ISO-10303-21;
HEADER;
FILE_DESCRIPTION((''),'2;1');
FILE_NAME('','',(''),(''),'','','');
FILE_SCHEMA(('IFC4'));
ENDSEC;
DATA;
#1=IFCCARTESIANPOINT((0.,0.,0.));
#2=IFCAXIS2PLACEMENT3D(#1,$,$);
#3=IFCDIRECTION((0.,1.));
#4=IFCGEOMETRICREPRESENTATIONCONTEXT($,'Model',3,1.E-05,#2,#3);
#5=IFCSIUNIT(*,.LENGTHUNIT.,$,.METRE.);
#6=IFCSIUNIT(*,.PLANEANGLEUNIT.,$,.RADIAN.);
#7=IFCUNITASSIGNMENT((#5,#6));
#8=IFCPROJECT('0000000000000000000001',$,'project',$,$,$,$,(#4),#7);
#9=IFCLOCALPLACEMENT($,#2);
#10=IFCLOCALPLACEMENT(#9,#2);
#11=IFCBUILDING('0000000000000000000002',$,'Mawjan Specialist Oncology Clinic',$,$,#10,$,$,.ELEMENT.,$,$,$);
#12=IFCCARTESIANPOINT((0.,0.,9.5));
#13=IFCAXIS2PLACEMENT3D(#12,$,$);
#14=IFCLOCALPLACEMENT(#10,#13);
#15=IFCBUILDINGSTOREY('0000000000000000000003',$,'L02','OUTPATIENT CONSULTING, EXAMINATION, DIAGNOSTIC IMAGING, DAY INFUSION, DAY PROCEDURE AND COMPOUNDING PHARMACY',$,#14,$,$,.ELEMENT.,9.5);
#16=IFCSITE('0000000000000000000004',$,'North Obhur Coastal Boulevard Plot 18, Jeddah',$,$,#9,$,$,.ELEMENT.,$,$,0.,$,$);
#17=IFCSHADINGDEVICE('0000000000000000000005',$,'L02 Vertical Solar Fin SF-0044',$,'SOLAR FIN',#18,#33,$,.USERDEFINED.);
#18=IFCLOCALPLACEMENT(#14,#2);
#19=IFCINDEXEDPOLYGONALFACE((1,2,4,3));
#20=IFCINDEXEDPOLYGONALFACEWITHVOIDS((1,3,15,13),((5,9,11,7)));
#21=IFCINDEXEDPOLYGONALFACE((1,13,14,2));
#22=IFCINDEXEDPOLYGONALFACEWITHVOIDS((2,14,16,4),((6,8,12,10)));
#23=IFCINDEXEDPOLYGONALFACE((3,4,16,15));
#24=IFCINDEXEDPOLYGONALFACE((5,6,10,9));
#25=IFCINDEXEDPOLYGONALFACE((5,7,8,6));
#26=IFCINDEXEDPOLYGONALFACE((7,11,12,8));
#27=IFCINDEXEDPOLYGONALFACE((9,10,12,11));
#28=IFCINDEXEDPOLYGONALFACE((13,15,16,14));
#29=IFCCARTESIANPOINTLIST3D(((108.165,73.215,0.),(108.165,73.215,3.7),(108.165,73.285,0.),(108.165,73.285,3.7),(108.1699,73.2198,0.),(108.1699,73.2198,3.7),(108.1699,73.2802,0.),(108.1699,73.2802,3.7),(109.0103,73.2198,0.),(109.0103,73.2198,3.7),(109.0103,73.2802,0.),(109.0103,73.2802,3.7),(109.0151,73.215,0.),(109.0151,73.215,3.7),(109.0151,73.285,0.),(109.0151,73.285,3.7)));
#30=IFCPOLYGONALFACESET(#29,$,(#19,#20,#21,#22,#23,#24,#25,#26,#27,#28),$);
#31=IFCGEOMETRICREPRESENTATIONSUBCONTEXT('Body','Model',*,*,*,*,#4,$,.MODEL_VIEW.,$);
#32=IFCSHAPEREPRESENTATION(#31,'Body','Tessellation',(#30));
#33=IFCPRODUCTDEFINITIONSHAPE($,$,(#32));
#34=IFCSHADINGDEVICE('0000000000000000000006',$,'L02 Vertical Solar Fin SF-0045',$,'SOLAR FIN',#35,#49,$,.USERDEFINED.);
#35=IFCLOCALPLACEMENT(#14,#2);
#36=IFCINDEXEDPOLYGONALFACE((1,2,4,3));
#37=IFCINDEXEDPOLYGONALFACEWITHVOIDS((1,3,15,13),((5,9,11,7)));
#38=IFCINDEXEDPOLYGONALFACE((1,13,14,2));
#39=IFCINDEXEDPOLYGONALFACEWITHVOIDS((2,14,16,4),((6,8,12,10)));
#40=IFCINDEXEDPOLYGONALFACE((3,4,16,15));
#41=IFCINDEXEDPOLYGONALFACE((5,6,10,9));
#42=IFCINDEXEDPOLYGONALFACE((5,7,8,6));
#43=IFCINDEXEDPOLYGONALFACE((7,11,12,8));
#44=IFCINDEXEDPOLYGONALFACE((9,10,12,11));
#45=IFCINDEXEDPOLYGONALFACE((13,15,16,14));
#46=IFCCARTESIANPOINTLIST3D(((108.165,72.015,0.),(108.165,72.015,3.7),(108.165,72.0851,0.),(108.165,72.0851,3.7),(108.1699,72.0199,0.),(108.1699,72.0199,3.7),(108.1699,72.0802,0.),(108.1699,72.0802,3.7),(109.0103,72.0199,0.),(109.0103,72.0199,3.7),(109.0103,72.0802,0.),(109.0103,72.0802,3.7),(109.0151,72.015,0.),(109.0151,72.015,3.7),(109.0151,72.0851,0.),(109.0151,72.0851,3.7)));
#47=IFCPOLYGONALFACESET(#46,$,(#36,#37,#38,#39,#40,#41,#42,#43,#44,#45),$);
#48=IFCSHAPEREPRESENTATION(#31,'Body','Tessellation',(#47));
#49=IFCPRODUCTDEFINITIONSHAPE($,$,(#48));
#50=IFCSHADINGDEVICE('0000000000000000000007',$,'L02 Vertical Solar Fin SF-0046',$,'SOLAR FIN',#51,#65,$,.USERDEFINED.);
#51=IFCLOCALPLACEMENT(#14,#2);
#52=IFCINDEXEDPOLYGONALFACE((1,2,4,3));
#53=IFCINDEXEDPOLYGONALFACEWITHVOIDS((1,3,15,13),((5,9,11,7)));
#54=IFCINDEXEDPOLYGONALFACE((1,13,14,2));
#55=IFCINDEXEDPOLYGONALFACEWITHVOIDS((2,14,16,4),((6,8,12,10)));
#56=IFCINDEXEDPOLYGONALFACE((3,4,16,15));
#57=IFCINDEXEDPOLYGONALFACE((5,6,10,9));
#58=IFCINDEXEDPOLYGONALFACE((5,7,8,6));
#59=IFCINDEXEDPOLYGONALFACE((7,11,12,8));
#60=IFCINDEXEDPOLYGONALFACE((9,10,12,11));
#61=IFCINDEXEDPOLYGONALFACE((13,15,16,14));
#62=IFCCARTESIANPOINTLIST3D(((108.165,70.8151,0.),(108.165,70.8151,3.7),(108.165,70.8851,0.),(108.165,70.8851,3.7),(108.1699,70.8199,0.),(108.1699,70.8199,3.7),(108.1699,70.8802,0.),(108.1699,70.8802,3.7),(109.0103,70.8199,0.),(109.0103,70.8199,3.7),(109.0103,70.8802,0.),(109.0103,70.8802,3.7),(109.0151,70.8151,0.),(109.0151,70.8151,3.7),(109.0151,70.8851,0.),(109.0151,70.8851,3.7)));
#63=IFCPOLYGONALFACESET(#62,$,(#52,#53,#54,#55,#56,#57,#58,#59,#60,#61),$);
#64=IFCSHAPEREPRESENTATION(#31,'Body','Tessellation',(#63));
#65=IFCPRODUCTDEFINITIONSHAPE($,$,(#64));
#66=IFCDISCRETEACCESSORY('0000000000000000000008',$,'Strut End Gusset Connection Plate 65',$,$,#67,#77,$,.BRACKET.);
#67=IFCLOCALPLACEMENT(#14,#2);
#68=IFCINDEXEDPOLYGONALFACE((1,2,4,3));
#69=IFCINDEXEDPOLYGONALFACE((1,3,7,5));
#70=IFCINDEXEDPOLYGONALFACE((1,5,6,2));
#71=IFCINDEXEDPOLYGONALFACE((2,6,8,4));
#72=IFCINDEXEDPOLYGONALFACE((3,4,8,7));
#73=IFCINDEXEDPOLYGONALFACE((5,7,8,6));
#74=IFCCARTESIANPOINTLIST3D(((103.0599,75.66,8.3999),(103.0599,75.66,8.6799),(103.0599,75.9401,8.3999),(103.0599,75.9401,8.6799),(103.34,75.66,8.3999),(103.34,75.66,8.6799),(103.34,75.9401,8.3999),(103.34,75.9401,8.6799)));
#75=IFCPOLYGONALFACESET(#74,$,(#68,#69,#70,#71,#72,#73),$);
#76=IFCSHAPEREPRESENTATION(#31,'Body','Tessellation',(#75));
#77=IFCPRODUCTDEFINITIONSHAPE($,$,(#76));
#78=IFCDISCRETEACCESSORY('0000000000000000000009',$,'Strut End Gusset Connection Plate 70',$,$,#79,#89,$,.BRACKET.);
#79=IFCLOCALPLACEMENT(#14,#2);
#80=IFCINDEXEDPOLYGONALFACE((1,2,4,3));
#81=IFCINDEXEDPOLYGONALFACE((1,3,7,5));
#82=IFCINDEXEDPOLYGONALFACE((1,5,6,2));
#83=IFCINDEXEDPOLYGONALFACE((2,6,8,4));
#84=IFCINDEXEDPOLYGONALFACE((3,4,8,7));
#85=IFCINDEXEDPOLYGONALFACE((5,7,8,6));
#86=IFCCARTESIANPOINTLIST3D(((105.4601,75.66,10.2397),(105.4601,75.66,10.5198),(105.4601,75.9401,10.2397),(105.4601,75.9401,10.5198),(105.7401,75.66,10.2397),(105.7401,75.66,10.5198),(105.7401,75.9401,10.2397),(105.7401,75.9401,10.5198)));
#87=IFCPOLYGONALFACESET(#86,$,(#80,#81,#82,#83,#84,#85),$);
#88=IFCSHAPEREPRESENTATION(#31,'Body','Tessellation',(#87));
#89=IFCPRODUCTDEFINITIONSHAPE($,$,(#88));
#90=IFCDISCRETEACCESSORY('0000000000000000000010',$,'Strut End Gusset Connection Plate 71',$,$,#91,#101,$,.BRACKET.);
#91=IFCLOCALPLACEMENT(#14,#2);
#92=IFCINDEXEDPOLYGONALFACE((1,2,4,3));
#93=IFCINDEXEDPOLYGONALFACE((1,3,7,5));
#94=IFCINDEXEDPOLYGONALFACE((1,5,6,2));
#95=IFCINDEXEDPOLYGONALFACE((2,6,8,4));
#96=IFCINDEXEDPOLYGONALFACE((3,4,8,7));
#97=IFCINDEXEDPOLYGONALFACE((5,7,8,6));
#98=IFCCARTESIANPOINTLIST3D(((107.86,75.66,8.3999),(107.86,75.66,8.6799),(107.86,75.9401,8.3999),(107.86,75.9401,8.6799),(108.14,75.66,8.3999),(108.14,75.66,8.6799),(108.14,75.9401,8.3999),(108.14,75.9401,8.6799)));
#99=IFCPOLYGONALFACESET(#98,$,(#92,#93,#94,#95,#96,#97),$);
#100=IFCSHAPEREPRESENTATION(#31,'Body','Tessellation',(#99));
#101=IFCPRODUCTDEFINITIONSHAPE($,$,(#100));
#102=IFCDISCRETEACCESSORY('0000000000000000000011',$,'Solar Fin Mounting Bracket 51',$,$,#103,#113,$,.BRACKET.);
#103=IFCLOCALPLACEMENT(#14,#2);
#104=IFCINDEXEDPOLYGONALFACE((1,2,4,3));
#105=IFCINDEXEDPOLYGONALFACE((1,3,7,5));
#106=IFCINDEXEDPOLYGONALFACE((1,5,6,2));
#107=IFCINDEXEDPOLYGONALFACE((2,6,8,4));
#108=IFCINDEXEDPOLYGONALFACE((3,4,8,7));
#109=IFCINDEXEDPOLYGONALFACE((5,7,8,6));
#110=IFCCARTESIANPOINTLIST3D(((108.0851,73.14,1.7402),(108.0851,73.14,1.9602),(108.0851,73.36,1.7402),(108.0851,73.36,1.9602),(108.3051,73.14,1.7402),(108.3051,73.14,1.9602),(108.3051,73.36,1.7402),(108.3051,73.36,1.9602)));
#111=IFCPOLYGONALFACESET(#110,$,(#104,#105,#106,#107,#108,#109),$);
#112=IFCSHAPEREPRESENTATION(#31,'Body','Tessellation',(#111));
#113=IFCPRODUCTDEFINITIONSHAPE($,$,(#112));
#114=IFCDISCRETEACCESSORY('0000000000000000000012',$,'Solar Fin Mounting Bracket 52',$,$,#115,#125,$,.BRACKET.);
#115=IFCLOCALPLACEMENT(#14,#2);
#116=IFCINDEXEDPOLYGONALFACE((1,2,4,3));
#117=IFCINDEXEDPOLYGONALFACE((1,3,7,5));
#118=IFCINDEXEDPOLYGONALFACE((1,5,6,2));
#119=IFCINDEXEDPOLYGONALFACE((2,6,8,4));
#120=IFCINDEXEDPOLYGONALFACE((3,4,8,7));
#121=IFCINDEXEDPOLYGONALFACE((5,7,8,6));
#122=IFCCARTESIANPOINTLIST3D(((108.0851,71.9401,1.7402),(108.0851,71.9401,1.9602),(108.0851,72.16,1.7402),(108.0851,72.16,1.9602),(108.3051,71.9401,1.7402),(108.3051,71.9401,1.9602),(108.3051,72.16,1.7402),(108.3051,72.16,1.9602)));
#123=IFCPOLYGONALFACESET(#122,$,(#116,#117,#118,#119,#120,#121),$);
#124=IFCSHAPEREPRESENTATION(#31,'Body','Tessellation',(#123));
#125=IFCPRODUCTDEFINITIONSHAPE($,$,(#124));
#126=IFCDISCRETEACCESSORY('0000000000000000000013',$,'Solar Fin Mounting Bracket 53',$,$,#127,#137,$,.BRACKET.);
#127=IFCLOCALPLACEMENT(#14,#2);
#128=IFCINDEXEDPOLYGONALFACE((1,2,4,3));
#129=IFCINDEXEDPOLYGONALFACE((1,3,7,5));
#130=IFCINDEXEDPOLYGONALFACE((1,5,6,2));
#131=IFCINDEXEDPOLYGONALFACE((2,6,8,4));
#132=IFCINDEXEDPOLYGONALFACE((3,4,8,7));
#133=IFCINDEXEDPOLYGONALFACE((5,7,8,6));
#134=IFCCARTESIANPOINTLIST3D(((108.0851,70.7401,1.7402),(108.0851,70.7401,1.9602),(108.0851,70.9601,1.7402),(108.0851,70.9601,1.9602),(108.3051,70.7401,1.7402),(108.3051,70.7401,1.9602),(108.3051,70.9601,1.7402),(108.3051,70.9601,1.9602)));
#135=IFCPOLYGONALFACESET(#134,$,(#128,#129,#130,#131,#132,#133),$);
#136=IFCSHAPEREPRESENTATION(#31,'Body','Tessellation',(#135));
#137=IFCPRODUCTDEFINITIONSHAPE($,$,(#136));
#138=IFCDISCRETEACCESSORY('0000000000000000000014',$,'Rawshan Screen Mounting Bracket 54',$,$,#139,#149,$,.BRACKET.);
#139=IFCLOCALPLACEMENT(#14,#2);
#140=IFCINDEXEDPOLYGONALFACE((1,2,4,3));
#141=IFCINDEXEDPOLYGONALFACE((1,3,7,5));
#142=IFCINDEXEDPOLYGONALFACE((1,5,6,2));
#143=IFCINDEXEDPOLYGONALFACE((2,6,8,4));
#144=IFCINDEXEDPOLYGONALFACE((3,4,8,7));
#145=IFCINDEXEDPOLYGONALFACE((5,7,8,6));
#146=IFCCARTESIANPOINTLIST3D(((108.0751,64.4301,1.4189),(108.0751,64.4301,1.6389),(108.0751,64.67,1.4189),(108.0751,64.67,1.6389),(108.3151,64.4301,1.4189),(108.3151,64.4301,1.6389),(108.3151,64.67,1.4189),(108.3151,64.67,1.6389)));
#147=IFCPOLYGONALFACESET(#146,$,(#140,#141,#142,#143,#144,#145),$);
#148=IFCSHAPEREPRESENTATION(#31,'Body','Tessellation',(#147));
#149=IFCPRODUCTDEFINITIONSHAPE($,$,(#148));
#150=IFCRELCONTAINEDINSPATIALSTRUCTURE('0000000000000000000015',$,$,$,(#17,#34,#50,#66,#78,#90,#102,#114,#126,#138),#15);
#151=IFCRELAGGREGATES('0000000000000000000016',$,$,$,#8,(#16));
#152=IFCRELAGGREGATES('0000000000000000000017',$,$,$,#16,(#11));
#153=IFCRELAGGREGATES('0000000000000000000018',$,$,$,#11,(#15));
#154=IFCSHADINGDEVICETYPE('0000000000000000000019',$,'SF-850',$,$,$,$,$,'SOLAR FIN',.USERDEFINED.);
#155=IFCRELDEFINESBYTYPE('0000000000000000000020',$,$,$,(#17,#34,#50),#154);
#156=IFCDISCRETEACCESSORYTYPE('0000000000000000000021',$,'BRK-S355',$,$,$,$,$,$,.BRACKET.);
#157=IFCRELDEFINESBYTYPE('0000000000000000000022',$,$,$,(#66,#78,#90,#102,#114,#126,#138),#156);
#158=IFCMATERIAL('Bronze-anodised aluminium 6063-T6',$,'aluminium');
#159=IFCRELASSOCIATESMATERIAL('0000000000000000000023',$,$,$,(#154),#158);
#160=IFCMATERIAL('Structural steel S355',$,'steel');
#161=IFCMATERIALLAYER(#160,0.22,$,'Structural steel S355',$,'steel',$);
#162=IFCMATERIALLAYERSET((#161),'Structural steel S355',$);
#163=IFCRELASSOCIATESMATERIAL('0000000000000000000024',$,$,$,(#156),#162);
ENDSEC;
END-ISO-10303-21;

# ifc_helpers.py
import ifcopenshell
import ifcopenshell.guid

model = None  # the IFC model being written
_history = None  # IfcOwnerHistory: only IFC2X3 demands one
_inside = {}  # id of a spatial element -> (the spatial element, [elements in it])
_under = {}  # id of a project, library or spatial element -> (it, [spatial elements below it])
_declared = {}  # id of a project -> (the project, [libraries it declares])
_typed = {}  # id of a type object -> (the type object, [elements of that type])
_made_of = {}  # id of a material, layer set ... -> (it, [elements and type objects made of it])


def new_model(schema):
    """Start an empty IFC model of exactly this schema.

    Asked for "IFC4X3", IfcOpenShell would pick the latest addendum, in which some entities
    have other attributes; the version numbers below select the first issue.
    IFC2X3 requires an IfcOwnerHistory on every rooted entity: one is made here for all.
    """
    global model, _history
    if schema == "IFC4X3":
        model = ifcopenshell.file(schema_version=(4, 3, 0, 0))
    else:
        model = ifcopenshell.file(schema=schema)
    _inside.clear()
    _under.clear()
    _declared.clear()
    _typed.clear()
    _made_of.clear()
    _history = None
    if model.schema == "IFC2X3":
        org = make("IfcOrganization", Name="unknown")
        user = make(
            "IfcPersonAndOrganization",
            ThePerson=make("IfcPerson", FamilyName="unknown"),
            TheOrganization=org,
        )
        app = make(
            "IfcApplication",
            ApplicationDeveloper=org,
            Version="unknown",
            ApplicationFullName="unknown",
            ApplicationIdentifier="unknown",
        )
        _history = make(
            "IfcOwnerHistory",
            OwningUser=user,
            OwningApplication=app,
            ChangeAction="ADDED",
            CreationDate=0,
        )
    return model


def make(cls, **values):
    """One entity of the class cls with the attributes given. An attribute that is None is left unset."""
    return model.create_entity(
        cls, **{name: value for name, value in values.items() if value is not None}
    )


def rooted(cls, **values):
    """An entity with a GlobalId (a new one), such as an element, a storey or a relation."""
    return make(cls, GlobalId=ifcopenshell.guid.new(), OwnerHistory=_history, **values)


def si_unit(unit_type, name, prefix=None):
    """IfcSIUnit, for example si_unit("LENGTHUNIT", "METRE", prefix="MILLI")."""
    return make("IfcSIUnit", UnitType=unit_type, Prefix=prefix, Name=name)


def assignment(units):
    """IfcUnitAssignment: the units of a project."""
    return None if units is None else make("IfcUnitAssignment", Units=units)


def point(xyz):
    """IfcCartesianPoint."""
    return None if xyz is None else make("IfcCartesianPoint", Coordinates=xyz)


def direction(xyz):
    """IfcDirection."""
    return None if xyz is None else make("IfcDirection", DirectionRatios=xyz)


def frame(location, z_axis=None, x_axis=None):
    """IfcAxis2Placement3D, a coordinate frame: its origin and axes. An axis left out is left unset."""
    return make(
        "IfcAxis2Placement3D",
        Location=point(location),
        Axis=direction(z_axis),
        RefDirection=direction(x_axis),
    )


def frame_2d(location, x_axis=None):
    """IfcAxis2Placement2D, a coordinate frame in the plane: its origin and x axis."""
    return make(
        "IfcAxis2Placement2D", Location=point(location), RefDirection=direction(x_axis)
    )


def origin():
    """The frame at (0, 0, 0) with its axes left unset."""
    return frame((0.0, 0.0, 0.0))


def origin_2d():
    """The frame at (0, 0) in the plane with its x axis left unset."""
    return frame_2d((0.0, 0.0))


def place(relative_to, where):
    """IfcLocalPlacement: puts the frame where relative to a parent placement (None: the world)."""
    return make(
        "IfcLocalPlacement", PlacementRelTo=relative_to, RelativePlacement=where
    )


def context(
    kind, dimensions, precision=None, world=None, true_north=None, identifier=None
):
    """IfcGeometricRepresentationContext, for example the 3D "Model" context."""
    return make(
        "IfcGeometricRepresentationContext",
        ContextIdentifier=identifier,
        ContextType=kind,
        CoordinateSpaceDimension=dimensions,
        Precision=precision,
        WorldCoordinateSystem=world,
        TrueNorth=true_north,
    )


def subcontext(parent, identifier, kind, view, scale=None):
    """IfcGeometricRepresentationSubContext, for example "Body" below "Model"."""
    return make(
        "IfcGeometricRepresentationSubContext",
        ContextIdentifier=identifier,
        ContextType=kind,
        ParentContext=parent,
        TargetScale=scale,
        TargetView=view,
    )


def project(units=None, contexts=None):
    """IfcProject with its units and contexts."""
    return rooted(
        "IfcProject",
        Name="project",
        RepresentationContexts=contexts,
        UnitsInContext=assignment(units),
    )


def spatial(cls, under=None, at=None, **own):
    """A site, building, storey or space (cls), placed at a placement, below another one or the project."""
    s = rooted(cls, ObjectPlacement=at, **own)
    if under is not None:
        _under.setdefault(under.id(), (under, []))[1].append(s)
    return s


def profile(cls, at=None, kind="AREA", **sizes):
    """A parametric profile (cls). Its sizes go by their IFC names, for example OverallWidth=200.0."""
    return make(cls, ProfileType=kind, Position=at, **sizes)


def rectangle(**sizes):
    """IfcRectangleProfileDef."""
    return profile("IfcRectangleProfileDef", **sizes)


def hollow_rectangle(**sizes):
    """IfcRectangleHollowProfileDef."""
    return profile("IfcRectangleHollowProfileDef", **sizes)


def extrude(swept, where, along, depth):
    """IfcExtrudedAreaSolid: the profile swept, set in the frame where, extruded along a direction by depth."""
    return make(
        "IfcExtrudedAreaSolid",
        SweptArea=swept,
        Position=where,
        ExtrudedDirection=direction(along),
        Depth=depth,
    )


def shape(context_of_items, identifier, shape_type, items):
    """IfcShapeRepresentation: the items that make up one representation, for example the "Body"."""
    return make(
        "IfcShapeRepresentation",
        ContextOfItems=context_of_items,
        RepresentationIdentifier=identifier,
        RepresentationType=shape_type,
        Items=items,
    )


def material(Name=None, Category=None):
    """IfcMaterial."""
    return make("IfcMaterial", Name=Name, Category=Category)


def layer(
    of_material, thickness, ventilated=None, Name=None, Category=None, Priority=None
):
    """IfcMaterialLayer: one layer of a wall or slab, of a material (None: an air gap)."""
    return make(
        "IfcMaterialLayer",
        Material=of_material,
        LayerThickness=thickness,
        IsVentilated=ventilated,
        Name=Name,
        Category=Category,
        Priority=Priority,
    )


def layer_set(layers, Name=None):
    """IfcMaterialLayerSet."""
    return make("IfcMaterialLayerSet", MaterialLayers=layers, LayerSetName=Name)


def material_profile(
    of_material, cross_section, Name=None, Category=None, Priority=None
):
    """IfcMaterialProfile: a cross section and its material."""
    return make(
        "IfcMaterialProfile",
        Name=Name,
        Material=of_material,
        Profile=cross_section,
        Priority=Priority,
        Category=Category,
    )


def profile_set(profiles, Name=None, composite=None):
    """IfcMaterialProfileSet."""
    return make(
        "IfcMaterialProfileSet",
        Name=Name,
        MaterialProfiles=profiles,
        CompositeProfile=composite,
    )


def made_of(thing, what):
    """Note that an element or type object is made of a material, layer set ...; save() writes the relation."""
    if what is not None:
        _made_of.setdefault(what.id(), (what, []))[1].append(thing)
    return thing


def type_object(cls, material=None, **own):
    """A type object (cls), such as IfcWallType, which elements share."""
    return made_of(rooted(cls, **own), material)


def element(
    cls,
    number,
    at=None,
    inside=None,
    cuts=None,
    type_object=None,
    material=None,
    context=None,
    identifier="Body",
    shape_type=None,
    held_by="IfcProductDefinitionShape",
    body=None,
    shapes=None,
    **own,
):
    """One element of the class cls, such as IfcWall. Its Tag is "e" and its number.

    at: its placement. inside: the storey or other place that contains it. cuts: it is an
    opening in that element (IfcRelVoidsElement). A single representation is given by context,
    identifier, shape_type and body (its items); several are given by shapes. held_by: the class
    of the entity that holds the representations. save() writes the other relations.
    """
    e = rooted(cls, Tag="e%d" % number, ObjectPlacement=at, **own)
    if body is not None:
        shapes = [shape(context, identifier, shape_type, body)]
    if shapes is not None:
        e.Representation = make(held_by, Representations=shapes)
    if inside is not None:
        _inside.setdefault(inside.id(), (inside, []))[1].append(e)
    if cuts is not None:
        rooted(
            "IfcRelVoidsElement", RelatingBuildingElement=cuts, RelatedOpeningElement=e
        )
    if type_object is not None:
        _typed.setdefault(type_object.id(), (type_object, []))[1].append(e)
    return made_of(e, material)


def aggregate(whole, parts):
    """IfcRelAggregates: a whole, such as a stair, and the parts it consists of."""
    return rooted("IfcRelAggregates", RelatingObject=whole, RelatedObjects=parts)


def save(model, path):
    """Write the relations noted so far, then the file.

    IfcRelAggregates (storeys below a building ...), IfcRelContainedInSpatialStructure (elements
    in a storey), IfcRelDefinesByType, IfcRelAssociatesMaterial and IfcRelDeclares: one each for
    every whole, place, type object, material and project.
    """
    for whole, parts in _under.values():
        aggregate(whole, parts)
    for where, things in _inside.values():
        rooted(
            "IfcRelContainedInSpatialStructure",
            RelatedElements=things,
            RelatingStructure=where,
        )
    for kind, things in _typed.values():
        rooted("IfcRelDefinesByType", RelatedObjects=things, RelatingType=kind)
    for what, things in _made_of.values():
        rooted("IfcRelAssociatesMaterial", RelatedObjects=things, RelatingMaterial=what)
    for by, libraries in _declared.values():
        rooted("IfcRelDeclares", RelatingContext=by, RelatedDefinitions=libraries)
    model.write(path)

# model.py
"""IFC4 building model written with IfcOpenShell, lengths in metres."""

from ifc_helpers import new_model, si_unit, direction, frame, origin, origin_2d, place, context, subcontext, project, spatial, rectangle, hollow_rectangle, extrude, material, layer, layer_set, material_profile, profile_set, type_object, element, save


model = new_model("IFC4")

# Units and contexts
model_context = context("Model", 3, precision=1e-05, world=origin(), true_north=direction((0.0, 1.0)))
body_context = subcontext(model_context, "Body", "Model", "MODEL_VIEW")
ifc_project = project(units=[si_unit("LENGTHUNIT", "METRE"), si_unit("PLANEANGLEUNIT", "RADIAN")], contexts=[model_context])

# Site, building, storey
site_placement = place(None, origin())
site = spatial("IfcSite", under=ifc_project, at=site_placement, Name="North Obhur Coastal Boulevard Plot 18, Jeddah", CompositionType="ELEMENT", RefElevation=0.0)
building_placement = place(site_placement, origin())
building = spatial("IfcBuilding", under=site, at=building_placement, Name="Mawjan Specialist Oncology Clinic", CompositionType="ELEMENT")
storey_placement = place(building_placement, frame((0.0, 0.0, 9.5)))
storey = spatial("IfcBuildingStorey", under=building, at=storey_placement, Name="L02", Description="OUTPATIENT CONSULTING, EXAMINATION, DIAGNOSTIC IMAGING, DAY INFUSION, DAY PROCEDURE AND COMPOUNDING PHARMACY", CompositionType="ELEMENT", Elevation=9.5)

# Shading devices
ifc_material_1 = material(Name="Bronze-anodised aluminium 6063-T6", Category="aluminium")
ifc_material_profile_1 = material_profile(ifc_material_1, hollow_rectangle(XDim=0.0701, YDim=0.8501, WallThickness=0.0049, at=origin_2d()), Name="FIN 850x70x5", Category="aluminium")
ifc_profile_set_1 = profile_set([ifc_material_profile_1], Name="Bronze-anodised aluminium 6063-T6")
shading_device_type = type_object("IfcShadingDeviceType", Name="SF-850", ElementType="SOLAR FIN", PredefinedType="USERDEFINED", material=ifc_profile_set_1)
for number, where, z_axis, x_axis, name in (
    (1, (108.5901, 73.25, 0.0), (0.0, 0.0, 1.0), (0.0, -1.0, 0.0), "L02 Vertical Solar Fin SF-0044"),
    (2, (108.5901, 72.05, 0.0), (0.0, 0.0, 1.0), (0.0, -1.0, 0.0), "L02 Vertical Solar Fin SF-0045"),
    (3, (108.5901, 70.8501, 0.0), (0.0, 0.0, 1.0), (0.0, -1.0, 0.0), "L02 Vertical Solar Fin SF-0046"),
):
    element("IfcShadingDevice", number, at=place(storey_placement, frame(where, z_axis=z_axis, x_axis=x_axis)), inside=storey, type_object=shading_device_type, Name=name, ObjectType="SOLAR FIN", PredefinedType="USERDEFINED", context=body_context, shape_type="SweptSolid", body=[
        extrude(hollow_rectangle(XDim=0.0701, YDim=0.8501, WallThickness=0.0049, at=origin_2d()), origin(), (0.0, 0.0, 1.0), 3.7),
    ])

# Discrete accessories
ifc_material_2 = material(Name="Structural steel S355", Category="steel")
ifc_layer_1 = layer(ifc_material_2, 0.22, Name="Structural steel S355", Category="steel")
ifc_layer_set_1 = layer_set([ifc_layer_1], Name="Structural steel S355")
discrete_accessory_type = type_object("IfcDiscreteAccessoryType", Name="BRK-S355", PredefinedType="BRACKET", material=ifc_layer_set_1)
for number, where, z_axis, x_axis, name in (
    (4, (103.2, 75.8, 8.3999), (0.0, 0.0, 1.0), (1.0, 0.0, 0.0), "Strut End Gusset Connection Plate 65"),
    (5, (105.6001, 75.8, 10.2397), (0.0, 0.0, 1.0), (1.0, 0.0, 0.0), "Strut End Gusset Connection Plate 70"),
    (6, (108.0, 75.8, 8.3999), (0.0, 0.0, 1.0), (1.0, 0.0, 0.0), "Strut End Gusset Connection Plate 71"),
):
    element("IfcDiscreteAccessory", number, at=place(storey_placement, frame(where, z_axis=z_axis, x_axis=x_axis)), inside=storey, type_object=discrete_accessory_type, Name=name, PredefinedType="BRACKET", context=body_context, shape_type="SweptSolid", body=[
        extrude(rectangle(XDim=0.28, YDim=0.28, at=origin_2d()), origin(), (0.0, 0.0, 1.0), 0.28),
    ])
for number, where, z_axis, x_axis, name in (
    (7, (108.1951, 73.25, 1.7402), (0.0, 0.0, 1.0), (0.0, -1.0, 0.0), "Solar Fin Mounting Bracket 51"),
    (8, (108.1951, 72.05, 1.7402), (0.0, 0.0, 1.0), (0.0, -1.0, 0.0), "Solar Fin Mounting Bracket 52"),
    (9, (108.1951, 70.8501, 1.7402), (0.0, 0.0, 1.0), (0.0, -1.0, 0.0), "Solar Fin Mounting Bracket 53"),
):
    element("IfcDiscreteAccessory", number, at=place(storey_placement, frame(where, z_axis=z_axis, x_axis=x_axis)), inside=storey, type_object=discrete_accessory_type, Name=name, PredefinedType="BRACKET", context=body_context, shape_type="SweptSolid", body=[
        extrude(rectangle(XDim=0.22, YDim=0.22, at=origin_2d()), origin(), (0.0, 0.0, 1.0), 0.22),
    ])
discrete_accessory_placement = place(storey_placement, frame((108.1951, 64.55, 1.4189), z_axis=(0.0, 0.0, 1.0), x_axis=(0.0, -1.0, 0.0)))
element("IfcDiscreteAccessory", 10, at=discrete_accessory_placement, inside=storey, type_object=discrete_accessory_type, Name="Rawshan Screen Mounting Bracket 54", PredefinedType="BRACKET", context=body_context, shape_type="SweptSolid", body=[
    extrude(rectangle(XDim=0.24, YDim=0.24, at=origin_2d()), origin(), (0.0, 0.0, 1.0), 0.22),
])

save(model, "model.ifc")
